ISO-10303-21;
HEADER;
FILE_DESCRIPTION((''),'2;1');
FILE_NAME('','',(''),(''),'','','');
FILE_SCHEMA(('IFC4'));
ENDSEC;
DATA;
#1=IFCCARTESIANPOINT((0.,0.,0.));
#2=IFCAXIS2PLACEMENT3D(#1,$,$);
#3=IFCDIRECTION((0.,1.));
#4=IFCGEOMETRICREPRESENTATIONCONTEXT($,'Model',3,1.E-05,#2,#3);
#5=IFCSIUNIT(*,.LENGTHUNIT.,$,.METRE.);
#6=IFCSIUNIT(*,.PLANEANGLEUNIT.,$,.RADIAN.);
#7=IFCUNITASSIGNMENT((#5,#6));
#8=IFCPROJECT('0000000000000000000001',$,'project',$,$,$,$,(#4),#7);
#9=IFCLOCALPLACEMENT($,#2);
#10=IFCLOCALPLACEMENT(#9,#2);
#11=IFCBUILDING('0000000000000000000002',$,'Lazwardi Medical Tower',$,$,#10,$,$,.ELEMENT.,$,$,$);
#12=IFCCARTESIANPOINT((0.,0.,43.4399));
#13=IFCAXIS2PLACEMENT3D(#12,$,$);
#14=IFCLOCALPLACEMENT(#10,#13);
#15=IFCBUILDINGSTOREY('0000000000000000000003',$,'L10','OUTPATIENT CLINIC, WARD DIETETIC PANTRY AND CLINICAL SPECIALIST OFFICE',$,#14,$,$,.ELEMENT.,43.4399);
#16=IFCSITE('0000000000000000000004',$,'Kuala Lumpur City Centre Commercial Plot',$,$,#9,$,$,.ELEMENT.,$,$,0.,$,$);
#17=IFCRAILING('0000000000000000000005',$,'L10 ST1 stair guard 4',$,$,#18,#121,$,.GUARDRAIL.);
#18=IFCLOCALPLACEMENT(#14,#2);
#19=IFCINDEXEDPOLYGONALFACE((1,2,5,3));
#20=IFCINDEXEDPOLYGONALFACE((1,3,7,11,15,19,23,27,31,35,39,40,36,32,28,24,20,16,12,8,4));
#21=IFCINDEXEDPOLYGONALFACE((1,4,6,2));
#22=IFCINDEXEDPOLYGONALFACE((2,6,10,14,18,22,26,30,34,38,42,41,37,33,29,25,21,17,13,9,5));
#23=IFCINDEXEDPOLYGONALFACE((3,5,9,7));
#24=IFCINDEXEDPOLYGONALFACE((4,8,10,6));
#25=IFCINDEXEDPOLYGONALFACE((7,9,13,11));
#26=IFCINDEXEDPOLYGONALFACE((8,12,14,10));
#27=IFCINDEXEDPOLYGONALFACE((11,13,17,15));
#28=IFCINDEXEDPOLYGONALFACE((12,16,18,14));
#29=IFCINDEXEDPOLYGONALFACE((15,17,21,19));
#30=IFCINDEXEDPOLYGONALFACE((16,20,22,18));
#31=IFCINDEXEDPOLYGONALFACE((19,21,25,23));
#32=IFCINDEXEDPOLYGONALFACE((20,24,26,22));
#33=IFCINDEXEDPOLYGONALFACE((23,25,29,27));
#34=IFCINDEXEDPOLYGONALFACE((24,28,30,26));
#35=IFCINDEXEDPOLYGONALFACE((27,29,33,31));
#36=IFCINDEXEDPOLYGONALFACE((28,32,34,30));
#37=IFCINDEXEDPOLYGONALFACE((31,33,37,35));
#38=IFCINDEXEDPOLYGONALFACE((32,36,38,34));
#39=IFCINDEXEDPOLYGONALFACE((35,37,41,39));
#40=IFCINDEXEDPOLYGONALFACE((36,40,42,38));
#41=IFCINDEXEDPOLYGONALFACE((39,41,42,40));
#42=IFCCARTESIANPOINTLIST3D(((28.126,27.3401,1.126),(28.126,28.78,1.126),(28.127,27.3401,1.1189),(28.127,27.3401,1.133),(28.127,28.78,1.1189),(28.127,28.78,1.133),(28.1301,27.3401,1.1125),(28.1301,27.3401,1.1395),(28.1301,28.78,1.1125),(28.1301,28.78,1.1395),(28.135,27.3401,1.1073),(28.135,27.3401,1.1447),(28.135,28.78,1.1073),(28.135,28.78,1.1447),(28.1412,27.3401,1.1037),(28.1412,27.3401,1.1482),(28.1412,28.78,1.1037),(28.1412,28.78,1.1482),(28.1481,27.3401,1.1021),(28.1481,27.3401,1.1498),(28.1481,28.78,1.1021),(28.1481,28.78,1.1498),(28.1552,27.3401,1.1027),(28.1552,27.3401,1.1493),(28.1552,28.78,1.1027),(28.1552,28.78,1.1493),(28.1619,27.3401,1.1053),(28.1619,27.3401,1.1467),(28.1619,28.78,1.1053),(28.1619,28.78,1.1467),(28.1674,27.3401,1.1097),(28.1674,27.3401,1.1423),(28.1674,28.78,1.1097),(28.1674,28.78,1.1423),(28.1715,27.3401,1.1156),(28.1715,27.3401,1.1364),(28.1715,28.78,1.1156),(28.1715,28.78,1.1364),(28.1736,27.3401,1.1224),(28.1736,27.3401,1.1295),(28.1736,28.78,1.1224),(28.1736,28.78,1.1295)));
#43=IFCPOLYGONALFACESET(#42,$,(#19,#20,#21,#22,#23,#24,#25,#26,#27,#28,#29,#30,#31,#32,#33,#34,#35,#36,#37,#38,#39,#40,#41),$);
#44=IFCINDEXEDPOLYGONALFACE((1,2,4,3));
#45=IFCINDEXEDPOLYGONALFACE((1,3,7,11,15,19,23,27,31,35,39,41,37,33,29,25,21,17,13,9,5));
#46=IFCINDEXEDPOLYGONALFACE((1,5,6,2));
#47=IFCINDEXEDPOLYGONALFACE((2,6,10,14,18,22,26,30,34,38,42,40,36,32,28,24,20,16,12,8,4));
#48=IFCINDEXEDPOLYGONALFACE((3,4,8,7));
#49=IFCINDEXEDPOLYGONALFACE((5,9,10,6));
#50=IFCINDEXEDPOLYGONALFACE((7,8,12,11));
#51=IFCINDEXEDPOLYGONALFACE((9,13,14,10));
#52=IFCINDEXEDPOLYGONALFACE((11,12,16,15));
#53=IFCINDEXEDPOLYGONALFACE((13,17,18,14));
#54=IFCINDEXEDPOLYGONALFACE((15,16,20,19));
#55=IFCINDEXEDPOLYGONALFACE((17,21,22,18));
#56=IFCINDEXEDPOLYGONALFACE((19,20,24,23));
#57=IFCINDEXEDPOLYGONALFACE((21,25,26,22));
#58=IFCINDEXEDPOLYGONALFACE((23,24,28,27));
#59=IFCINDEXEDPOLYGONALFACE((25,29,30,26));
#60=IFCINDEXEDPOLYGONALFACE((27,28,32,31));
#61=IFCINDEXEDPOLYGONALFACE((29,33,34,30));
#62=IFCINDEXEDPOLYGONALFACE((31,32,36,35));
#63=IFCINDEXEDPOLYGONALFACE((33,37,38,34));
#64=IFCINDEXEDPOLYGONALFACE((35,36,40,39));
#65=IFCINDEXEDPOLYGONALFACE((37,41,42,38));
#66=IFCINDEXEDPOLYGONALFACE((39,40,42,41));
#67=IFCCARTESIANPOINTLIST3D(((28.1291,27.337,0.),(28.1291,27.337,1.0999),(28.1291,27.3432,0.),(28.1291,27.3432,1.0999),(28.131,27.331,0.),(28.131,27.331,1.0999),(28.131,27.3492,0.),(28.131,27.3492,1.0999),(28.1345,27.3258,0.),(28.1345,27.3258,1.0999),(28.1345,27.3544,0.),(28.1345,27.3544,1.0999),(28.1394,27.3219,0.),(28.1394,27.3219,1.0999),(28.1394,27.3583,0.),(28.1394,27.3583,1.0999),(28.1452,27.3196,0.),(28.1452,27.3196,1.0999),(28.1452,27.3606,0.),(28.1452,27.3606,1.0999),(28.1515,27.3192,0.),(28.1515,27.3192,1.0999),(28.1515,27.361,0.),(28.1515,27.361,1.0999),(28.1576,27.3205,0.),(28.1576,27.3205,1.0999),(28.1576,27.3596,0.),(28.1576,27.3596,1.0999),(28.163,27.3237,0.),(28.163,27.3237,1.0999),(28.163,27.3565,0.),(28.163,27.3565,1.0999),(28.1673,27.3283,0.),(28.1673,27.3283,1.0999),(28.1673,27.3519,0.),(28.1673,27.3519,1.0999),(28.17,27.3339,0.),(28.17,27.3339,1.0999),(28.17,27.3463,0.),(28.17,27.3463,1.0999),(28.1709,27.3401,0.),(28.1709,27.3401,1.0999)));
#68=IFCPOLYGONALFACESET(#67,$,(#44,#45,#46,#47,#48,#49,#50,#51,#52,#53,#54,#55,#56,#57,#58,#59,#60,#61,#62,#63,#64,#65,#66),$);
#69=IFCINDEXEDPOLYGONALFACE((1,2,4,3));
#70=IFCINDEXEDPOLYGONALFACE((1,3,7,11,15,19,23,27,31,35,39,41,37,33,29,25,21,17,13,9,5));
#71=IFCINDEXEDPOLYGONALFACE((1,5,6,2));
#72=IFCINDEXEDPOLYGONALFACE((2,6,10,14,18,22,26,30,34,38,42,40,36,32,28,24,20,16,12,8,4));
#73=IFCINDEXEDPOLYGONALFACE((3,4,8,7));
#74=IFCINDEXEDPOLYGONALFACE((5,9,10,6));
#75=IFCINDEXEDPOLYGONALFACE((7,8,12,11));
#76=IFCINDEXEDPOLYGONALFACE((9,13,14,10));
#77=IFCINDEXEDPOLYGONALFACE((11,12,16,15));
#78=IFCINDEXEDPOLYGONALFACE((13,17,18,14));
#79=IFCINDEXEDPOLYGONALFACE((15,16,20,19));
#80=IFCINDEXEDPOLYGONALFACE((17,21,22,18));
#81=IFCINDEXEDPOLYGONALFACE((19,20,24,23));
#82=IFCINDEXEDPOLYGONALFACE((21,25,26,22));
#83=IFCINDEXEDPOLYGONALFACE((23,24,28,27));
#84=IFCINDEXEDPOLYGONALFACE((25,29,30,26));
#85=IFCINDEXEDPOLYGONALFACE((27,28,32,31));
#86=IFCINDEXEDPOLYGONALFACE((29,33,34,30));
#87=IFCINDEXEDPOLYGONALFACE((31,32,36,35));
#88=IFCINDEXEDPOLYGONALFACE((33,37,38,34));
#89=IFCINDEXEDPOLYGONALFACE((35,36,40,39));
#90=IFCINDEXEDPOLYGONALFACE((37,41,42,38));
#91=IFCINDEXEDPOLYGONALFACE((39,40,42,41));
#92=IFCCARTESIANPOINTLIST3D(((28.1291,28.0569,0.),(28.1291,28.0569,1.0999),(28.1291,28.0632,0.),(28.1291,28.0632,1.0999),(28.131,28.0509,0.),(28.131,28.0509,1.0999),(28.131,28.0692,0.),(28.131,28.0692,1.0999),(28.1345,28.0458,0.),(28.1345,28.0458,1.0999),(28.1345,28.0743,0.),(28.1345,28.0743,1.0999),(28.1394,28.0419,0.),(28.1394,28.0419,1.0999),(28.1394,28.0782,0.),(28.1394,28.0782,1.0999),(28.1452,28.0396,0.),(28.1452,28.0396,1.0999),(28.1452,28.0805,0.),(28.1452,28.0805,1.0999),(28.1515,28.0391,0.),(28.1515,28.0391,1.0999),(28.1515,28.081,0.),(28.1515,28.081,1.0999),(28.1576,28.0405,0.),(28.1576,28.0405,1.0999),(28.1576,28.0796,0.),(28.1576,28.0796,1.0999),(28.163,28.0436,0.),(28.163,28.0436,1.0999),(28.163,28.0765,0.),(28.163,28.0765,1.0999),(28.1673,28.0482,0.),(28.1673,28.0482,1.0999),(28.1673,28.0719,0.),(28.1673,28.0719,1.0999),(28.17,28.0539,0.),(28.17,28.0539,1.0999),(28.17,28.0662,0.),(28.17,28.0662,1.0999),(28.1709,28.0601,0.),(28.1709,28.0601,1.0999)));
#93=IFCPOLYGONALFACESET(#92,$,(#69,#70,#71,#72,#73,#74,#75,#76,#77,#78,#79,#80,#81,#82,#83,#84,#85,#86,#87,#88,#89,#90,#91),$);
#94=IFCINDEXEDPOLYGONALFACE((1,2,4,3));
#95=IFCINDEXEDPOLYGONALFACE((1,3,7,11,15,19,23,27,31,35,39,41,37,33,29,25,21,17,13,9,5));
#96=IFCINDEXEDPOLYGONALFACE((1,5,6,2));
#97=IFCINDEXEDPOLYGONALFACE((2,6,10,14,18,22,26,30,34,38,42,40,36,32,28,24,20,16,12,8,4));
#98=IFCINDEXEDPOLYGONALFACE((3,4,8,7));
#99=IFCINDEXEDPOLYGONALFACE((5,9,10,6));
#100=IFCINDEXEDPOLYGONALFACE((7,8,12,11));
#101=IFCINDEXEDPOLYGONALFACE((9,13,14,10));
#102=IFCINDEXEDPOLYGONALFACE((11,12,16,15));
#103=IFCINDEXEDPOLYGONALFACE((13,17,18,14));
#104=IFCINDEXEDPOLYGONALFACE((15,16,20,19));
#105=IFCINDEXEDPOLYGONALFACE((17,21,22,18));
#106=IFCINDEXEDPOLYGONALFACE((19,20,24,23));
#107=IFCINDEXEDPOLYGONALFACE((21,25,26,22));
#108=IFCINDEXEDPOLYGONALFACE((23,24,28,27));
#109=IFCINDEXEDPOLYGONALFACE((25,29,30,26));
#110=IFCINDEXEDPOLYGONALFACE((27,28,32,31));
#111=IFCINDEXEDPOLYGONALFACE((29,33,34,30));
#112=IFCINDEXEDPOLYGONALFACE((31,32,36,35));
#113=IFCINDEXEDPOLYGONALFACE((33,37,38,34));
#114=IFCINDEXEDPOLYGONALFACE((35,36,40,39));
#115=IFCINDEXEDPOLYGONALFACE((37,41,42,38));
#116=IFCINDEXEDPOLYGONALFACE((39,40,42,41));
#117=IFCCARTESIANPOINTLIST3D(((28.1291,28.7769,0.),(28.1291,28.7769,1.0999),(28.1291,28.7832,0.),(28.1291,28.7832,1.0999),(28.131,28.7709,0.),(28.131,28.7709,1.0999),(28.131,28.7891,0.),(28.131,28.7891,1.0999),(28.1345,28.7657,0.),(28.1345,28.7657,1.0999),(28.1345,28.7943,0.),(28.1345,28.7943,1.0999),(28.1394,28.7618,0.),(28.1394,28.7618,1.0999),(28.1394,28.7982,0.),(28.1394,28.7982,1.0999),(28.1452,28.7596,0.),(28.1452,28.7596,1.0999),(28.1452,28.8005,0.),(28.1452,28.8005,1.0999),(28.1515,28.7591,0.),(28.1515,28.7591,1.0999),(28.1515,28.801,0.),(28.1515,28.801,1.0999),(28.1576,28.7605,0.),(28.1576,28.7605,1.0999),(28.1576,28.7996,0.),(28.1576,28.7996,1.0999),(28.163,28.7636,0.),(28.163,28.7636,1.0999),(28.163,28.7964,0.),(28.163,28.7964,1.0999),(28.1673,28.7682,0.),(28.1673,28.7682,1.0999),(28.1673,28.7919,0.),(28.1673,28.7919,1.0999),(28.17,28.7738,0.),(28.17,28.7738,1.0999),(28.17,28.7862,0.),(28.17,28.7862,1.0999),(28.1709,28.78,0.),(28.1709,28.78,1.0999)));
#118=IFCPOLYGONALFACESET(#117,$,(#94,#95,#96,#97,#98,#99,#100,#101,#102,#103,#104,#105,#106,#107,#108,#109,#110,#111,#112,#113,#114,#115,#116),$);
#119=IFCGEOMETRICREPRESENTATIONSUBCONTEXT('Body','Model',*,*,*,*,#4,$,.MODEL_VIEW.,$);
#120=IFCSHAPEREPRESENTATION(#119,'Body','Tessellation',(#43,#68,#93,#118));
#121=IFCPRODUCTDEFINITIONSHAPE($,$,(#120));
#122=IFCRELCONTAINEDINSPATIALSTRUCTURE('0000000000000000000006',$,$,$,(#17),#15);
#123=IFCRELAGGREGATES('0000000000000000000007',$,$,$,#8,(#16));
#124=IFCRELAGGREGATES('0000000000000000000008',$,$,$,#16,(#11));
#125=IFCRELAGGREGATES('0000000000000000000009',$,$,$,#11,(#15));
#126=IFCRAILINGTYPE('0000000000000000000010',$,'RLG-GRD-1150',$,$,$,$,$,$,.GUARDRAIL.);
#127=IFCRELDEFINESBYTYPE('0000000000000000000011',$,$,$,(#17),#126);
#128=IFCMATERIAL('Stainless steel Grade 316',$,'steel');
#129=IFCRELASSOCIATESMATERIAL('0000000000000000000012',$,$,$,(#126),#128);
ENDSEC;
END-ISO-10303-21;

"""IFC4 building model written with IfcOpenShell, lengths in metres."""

from ifc_helpers import new_model, si_unit, direction, frame, origin, origin_2d, place, context, subcontext, project, spatial, circle, extrude, material, type_object, element, save


model = new_model("IFC4")

# Units and contexts
model_context = context("Model", 3, precision=1e-05, world=origin(), true_north=direction((0.0, 1.0)))
body_context = subcontext(model_context, "Body", "Model", "MODEL_VIEW")
ifc_project = project(units=[si_unit("LENGTHUNIT", "METRE"), si_unit("PLANEANGLEUNIT", "RADIAN")], contexts=[model_context])

# Site, building, storey
site_placement = place(None, origin())
site = spatial("IfcSite", under=ifc_project, at=site_placement, Name="Kuala Lumpur City Centre Commercial Plot", CompositionType="ELEMENT", RefElevation=0.0)
building_placement = place(site_placement, origin())
building = spatial("IfcBuilding", under=site, at=building_placement, Name="Lazwardi Medical Tower", CompositionType="ELEMENT")
storey_placement = place(building_placement, frame((0.0, 0.0, 43.4399)))
storey = spatial("IfcBuildingStorey", under=building, at=storey_placement, Name="L10", Description="OUTPATIENT CLINIC, WARD DIETETIC PANTRY AND CLINICAL SPECIALIST OFFICE", CompositionType="ELEMENT", Elevation=43.4399)

# Railing
ifc_material_1 = material(Name="Stainless steel Grade 316", Category="steel")
railing_type_1 = type_object("IfcRailingType", Name="RLG-GRD-1150", PredefinedType="GUARDRAIL", material=ifc_material_1)
railing_1_placement = place(storey_placement, frame((28.1499, 27.3401, 0.0)))
element("IfcRailing", 1, at=railing_1_placement, inside=storey, type_object=railing_type_1, Name="L10 ST1 stair guard 4", PredefinedType="GUARDRAIL", context=body_context, shape_type="SweptSolid", body=[
    extrude(circle(Radius=0.0239, at=origin_2d()), frame((0.0, 0.0, 1.126), z_axis=(0.0, 1.0, 0.0), x_axis=(-1.0, 0.0, 0.0)), (0.0, 0.0, 1.0), 1.4399),
    extrude(circle(Radius=0.021, at=origin_2d()), origin(), (0.0, 0.0, 1.0), 1.0999),
    extrude(circle(Radius=0.021, at=origin_2d()), frame((0.0, 0.72, 0.0)), (0.0, 0.0, 1.0), 1.0999),
    extrude(circle(Radius=0.021, at=origin_2d()), frame((0.0, 1.4399, 0.0)), (0.0, 0.0, 1.0), 1.0999),
])

save(model, "model.ifc")
